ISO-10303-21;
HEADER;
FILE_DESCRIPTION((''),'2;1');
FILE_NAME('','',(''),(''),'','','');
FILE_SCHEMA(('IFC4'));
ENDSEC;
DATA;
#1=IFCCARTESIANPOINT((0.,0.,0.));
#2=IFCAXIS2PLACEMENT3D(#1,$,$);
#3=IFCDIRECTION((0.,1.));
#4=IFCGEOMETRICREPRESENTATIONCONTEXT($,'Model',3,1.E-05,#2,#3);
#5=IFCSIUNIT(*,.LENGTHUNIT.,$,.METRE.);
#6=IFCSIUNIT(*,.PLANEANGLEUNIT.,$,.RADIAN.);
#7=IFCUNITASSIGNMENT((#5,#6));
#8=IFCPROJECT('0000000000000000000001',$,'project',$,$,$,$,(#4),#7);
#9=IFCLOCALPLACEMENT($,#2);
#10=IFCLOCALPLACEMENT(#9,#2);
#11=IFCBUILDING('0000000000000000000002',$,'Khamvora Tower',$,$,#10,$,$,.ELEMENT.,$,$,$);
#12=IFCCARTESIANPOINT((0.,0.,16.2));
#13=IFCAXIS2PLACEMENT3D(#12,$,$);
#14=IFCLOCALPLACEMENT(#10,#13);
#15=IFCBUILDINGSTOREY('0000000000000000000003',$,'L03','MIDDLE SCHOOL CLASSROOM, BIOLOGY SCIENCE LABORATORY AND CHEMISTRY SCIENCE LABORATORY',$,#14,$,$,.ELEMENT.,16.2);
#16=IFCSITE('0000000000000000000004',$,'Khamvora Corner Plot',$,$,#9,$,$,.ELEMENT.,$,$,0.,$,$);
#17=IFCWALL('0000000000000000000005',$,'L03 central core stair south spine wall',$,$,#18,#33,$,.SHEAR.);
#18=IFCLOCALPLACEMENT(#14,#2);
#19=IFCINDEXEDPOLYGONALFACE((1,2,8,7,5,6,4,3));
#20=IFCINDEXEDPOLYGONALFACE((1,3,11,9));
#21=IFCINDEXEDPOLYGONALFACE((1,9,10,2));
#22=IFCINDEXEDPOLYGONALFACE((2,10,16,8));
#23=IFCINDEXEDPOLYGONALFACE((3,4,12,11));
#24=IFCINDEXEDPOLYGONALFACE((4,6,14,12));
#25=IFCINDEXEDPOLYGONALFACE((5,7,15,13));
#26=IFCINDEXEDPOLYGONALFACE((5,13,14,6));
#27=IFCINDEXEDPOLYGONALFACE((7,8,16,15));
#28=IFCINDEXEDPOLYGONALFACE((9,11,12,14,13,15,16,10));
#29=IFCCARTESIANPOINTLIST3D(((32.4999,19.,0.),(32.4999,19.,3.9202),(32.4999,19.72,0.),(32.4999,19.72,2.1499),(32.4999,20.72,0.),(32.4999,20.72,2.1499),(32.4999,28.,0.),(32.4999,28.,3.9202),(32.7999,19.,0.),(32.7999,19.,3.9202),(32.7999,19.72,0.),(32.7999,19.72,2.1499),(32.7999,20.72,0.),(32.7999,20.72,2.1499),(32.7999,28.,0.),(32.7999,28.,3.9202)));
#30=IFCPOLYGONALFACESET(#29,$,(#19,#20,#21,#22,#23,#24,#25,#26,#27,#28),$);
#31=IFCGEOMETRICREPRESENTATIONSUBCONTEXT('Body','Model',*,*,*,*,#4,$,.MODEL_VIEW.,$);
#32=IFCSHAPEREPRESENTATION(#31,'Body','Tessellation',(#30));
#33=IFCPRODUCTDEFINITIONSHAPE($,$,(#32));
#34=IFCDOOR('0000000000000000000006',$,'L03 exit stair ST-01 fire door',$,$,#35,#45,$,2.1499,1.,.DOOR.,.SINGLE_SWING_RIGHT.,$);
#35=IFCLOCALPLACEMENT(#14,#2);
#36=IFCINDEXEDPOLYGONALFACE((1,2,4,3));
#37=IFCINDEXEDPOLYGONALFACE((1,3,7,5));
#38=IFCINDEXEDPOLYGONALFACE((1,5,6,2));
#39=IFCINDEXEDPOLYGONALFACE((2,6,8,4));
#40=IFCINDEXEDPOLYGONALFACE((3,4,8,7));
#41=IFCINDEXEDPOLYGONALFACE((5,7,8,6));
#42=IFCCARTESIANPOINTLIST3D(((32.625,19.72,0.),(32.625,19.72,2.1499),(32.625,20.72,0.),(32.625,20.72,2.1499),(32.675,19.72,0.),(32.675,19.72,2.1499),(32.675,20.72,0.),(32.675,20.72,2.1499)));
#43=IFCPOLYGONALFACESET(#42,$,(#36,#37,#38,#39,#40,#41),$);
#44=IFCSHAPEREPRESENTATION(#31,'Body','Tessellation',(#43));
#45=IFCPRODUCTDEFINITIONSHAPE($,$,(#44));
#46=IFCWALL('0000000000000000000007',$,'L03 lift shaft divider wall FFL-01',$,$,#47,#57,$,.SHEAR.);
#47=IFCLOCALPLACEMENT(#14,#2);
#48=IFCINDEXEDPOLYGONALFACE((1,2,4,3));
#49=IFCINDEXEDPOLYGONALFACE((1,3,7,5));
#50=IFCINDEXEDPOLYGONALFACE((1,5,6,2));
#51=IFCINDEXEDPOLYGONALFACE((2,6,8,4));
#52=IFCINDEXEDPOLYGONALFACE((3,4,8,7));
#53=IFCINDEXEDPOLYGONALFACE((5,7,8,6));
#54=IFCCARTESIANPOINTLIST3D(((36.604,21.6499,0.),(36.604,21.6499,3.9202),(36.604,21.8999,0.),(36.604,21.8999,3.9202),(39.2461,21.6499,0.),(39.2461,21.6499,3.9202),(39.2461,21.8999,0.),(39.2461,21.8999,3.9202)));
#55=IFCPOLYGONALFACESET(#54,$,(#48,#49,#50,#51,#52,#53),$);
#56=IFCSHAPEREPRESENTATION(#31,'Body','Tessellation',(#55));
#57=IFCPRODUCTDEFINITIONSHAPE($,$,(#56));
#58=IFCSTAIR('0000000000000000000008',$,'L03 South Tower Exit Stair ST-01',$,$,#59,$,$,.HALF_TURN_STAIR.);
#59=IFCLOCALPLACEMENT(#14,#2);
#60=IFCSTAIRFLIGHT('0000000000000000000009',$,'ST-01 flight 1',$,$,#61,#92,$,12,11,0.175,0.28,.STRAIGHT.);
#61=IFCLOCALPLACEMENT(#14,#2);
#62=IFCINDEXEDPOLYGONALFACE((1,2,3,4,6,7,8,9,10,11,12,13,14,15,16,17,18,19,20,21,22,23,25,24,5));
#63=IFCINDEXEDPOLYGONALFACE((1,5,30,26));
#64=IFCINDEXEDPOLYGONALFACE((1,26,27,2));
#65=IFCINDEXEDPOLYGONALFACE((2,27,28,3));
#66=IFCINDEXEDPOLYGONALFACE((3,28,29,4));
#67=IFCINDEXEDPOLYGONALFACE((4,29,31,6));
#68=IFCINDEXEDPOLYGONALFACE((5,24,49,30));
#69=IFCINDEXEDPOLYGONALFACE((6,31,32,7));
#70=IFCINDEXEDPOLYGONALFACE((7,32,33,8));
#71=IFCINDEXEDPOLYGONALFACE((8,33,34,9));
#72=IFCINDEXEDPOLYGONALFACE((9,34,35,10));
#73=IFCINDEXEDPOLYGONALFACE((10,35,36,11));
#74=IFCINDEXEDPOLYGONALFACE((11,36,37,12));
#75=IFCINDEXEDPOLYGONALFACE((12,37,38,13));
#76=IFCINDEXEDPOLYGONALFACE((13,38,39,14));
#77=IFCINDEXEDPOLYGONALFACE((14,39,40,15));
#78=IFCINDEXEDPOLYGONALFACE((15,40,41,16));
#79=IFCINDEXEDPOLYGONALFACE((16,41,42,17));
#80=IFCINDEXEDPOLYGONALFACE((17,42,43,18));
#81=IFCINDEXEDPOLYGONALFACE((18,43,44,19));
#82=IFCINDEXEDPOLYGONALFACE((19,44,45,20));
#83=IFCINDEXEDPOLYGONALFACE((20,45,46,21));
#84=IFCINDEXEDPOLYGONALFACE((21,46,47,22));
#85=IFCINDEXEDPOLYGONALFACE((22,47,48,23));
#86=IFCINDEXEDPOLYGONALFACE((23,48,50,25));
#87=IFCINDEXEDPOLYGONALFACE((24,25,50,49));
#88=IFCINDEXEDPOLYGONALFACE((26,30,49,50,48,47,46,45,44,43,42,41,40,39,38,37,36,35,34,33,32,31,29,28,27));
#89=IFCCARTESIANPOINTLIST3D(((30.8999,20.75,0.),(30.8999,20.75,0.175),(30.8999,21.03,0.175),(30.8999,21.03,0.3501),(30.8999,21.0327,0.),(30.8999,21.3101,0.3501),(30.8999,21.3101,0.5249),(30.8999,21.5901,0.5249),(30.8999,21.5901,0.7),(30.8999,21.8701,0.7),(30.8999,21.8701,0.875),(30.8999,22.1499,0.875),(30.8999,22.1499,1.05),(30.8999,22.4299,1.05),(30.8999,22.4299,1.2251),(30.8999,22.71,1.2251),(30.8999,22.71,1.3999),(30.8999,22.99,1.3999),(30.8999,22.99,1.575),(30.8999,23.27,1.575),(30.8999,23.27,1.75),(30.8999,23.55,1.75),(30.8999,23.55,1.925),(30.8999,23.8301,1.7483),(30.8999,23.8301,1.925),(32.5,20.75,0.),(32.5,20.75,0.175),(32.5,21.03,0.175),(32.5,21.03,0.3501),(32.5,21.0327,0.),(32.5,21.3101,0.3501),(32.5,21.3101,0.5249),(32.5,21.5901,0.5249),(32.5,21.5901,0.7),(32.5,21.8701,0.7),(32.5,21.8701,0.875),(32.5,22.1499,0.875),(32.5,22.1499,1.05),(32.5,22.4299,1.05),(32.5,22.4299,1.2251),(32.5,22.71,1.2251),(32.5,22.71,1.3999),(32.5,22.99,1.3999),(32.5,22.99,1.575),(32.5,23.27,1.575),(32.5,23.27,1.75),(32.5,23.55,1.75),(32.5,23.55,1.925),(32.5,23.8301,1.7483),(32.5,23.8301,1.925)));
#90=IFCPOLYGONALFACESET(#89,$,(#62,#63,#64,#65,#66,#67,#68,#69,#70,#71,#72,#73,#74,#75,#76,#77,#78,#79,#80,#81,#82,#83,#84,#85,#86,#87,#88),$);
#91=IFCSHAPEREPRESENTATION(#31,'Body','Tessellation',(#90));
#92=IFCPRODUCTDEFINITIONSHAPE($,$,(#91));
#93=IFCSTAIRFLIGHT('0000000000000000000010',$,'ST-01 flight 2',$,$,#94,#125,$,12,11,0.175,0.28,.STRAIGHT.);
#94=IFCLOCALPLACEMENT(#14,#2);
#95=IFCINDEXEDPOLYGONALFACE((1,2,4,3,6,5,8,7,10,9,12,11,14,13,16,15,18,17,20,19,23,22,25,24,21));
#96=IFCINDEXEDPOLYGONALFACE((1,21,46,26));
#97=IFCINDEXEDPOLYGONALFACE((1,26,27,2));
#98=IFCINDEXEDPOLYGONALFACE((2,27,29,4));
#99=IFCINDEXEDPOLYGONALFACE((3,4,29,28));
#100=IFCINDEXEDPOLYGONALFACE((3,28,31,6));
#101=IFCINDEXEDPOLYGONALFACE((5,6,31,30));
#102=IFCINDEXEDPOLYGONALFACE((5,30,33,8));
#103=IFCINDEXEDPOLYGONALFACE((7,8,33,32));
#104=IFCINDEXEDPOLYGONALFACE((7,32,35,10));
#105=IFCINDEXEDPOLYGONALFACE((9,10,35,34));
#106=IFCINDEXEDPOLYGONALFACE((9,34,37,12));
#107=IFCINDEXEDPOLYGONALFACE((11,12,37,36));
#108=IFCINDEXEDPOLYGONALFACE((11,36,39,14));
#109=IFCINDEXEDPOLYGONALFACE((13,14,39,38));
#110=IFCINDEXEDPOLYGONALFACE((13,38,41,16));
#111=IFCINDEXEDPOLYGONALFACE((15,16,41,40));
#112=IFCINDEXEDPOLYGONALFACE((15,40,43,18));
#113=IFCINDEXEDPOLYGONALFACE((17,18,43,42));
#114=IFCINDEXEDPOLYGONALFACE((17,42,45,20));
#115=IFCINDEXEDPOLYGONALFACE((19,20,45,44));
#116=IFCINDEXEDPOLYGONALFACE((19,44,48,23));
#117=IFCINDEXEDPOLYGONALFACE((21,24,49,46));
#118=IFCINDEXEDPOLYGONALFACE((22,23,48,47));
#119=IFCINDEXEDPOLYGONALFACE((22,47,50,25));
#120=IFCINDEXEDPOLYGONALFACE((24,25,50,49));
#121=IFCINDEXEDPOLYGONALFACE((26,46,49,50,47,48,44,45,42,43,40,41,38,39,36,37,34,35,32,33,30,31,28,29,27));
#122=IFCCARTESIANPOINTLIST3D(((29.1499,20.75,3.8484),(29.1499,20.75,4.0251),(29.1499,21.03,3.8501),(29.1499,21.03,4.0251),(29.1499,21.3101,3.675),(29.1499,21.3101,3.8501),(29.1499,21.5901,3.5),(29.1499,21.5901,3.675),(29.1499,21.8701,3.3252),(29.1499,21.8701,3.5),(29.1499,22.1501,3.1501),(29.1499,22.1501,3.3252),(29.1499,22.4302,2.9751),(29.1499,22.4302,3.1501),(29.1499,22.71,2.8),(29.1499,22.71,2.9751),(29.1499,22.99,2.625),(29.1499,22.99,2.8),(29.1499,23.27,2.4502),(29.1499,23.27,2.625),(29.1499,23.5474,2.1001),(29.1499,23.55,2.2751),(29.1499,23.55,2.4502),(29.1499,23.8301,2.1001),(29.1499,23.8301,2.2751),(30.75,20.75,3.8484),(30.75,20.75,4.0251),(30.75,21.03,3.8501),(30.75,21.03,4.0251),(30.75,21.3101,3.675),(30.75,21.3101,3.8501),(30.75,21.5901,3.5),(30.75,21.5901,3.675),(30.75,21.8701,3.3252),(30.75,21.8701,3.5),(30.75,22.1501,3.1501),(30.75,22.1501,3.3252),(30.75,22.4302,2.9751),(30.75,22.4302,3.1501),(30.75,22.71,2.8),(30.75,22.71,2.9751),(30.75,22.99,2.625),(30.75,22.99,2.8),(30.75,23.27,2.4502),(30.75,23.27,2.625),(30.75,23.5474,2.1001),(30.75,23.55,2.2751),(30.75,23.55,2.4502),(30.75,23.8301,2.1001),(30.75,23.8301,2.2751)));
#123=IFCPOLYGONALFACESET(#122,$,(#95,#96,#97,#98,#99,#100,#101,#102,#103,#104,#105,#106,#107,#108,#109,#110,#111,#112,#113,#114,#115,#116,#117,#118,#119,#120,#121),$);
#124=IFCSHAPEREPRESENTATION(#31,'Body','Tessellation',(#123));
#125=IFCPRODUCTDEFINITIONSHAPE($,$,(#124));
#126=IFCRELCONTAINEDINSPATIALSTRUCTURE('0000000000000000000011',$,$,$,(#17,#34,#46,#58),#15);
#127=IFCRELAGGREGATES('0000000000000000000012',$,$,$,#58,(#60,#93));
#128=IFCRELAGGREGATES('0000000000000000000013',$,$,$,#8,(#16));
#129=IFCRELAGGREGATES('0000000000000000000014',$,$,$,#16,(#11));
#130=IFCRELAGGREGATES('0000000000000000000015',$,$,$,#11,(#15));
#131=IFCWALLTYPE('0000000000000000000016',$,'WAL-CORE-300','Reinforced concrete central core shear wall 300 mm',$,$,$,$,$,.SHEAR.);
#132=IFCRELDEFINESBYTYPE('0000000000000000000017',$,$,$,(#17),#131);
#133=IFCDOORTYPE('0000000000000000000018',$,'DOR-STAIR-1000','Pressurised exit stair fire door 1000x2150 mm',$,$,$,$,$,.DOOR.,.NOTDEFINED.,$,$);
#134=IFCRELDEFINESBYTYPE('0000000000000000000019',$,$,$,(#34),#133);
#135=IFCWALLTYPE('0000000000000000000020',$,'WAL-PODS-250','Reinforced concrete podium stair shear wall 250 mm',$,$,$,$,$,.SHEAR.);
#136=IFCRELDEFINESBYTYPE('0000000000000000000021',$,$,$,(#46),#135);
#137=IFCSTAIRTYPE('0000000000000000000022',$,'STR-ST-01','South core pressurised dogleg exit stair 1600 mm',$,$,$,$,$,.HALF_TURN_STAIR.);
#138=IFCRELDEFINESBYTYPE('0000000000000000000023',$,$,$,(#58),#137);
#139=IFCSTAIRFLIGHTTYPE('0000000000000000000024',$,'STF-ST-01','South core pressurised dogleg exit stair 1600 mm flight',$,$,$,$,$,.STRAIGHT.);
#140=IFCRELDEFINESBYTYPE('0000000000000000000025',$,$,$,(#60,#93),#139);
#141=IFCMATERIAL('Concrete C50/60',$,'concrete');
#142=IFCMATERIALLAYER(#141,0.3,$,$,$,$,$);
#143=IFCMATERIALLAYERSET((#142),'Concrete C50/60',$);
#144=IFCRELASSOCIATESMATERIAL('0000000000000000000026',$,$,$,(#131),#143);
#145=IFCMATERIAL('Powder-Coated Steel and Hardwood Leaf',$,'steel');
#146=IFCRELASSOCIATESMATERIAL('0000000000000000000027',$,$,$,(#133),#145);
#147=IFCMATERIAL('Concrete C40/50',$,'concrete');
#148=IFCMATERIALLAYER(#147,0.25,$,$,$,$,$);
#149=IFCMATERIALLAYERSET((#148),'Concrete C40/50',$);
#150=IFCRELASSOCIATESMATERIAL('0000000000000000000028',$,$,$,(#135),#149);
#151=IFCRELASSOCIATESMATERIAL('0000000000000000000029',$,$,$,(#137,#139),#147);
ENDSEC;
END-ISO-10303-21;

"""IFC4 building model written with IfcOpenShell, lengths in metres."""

from ifc_helpers import new_model, si_unit, direction, frame, frame_2d, origin, place, context, subcontext, project, spatial, polyline, rectangle, outline, extrude, material, layer, layer_set, type_object, element, fill, aggregate, save


model = new_model("IFC4")

# Units and contexts
model_context = context("Model", 3, precision=1e-05, world=origin(), true_north=direction((0.0, 1.0)))
body_context = subcontext(model_context, "Body", "Model", "MODEL_VIEW")
ifc_project = project(units=[si_unit("LENGTHUNIT", "METRE"), si_unit("PLANEANGLEUNIT", "RADIAN")], contexts=[model_context])

# Site, building, storey
site_placement = place(None, origin())
site = spatial("IfcSite", under=ifc_project, at=site_placement, Name="Khamvora Corner Plot", CompositionType="ELEMENT", RefElevation=0.0)
building_placement = place(site_placement, origin())
building = spatial("IfcBuilding", under=site, at=building_placement, Name="Khamvora Tower", CompositionType="ELEMENT")
storey_placement = place(building_placement, frame((0.0, 0.0, 16.2)))
storey = spatial("IfcBuildingStorey", under=building, at=storey_placement, Name="L03", Description="MIDDLE SCHOOL CLASSROOM, BIOLOGY SCIENCE LABORATORY AND CHEMISTRY SCIENCE LABORATORY", CompositionType="ELEMENT", Elevation=16.2)

# Shared definitions
ifc_material_1 = material(Name="Concrete C50/60", Category="concrete")
ifc_layer_1 = layer(ifc_material_1, 0.3)
ifc_layer_set_1 = layer_set([ifc_layer_1], Name="Concrete C50/60")
wall_type_1 = type_object("IfcWallType", Name="WAL-CORE-300", Description="Reinforced concrete central core shear wall 300 mm", PredefinedType="SHEAR", material=ifc_layer_set_1)

# Wall, opening, door
ifc_material_2 = material(Name="Powder-Coated Steel and Hardwood Leaf", Category="steel")
wall_1_placement = place(storey_placement, frame((32.6499, 19.0, 0.0), z_axis=(0.0, 0.0, 1.0), x_axis=(0.0, 1.0, 0.0)))
wall_1 = element("IfcWall", 1, at=wall_1_placement, inside=storey, type_object=wall_type_1, Name="L03 central core stair south spine wall", PredefinedType="SHEAR", context=body_context, shape_type="SweptSolid", body=[
    extrude(rectangle(XDim=9.0, YDim=0.3, at=frame_2d((4.5, 0.0))), origin(), (0.0, 0.0, 1.0), 3.9202),
])
opening_1_placement = place(wall_1_placement, frame((0.72, 0.0, 0.0)))
opening_1 = element("IfcOpeningElement", 2, at=opening_1_placement, cuts=wall_1, PredefinedType="OPENING", context=body_context, shape_type="SweptSolid", body=[
    extrude(rectangle(XDim=1.0, YDim=2.1499, at=frame_2d((0.5, 1.075))), frame((0.0, 0.1599, 0.0), z_axis=(0.0, -1.0, 0.0), x_axis=(1.0, 0.0, 0.0)), (0.0, 0.0, 1.0), 0.3201),
])
door_type_1 = type_object("IfcDoorType", Name="DOR-STAIR-1000", Description="Pressurised exit stair fire door 1000x2150 mm", OperationType="NOTDEFINED", PredefinedType="DOOR", material=ifc_material_2)
door_1_placement = place(opening_1_placement, origin())
door_1 = element("IfcDoor", 3, at=door_1_placement, inside=storey, type_object=door_type_1, Name="L03 exit stair ST-01 fire door", OperationType="SINGLE_SWING_RIGHT", OverallHeight=2.1499, OverallWidth=1.0, PredefinedType="DOOR", context=body_context, shape_type="SweptSolid", body=[
    extrude(rectangle(XDim=1.0, YDim=2.1499, at=frame_2d((0.5, 1.075))), frame((0.0, 0.0249, 0.0), z_axis=(0.0, -1.0, 0.0), x_axis=(1.0, 0.0, 0.0)), (0.0, 0.0, 1.0), 0.05),
])
fill(opening_1, door_1)

# Wall
ifc_material_3 = material(Name="Concrete C40/50", Category="concrete")
ifc_layer_2 = layer(ifc_material_3, 0.25)
ifc_layer_set_2 = layer_set([ifc_layer_2], Name="Concrete C40/50")
wall_type_2 = type_object("IfcWallType", Name="WAL-PODS-250", Description="Reinforced concrete podium stair shear wall 250 mm", PredefinedType="SHEAR", material=ifc_layer_set_2)
wall_2_placement = place(storey_placement, frame((36.604, 21.7749, 0.0), z_axis=(0.0, 0.0, 1.0), x_axis=(1.0, 0.0, 0.0)))
element("IfcWall", 4, at=wall_2_placement, inside=storey, type_object=wall_type_2, Name="L03 lift shaft divider wall FFL-01", PredefinedType="SHEAR", context=body_context, shape_type="SweptSolid", body=[
    extrude(rectangle(XDim=2.6421, YDim=0.25, at=frame_2d((1.321, 0.0))), origin(), (0.0, 0.0, 1.0), 3.9202),
])

# Stair, stair flights
stair_type = type_object("IfcStairType", Name="STR-ST-01", Description="South core pressurised dogleg exit stair 1600 mm", PredefinedType="HALF_TURN_STAIR", material=ifc_material_3)
stair_placement = place(storey_placement, origin())
stair = element("IfcStair", 5, at=stair_placement, inside=storey, type_object=stair_type, Name="L03 South Tower Exit Stair ST-01", PredefinedType="HALF_TURN_STAIR")
stair_flight_type = type_object("IfcStairFlightType", Name="STF-ST-01", Description="South core pressurised dogleg exit stair 1600 mm flight", PredefinedType="STRAIGHT", material=ifc_material_3)
stair_flight_1_placement = place(storey_placement, frame((31.7, 20.75, 0.0), z_axis=(0.0, 0.0, 1.0), x_axis=(0.0, 1.0, 0.0)))
stair_flight_1 = element("IfcStairFlight", 6, at=stair_flight_1_placement, type_object=stair_flight_type, Name="ST-01 flight 1", NumberOfRisers=12, NumberOfTreads=11, PredefinedType="STRAIGHT", RiserHeight=0.175, TreadLength=0.28, context=body_context, shape_type="SweptSolid", body=[
    extrude(outline(polyline([(0.0, 0.0), (0.0, 0.175), (0.28, 0.175), (0.28, 0.3501), (0.5601, 0.3501), (0.5601, 0.5249), (0.8401, 0.5249), (0.8401, 0.7), (1.1201, 0.7), (1.1201, 0.875), (1.3999, 0.875), (1.3999, 1.05), (1.6799, 1.05), (1.6799, 1.2251), (1.96, 1.2251), (1.96, 1.3999), (2.24, 1.3999), (2.24, 1.575), (2.52, 1.575), (2.52, 1.75), (2.8, 1.75), (2.8, 1.925), (3.0801, 1.925), (3.0801, 2.1001), (3.0801, 1.7483), (0.2827, 0.0), (0.0, 0.0)])), frame((0.0, 0.8, 0.0), z_axis=(0.0, -1.0, 0.0), x_axis=(1.0, 0.0, 0.0)), (0.0, 0.0, 1.0), 1.6001),
])
stair_flight_2_placement = place(storey_placement, frame((29.95, 23.8301, 2.1001), z_axis=(0.0, 0.0, 1.0), x_axis=(0.0, -1.0, 0.0)))
stair_flight_2 = element("IfcStairFlight", 7, at=stair_flight_2_placement, type_object=stair_flight_type, Name="ST-01 flight 2", NumberOfRisers=12, NumberOfTreads=11, PredefinedType="STRAIGHT", RiserHeight=0.175, TreadLength=0.28, context=body_context, shape_type="SweptSolid", body=[
    extrude(outline(polyline([(0.0, 0.0), (0.0, 0.175), (0.28, 0.175), (0.28, 0.3501), (0.5601, 0.3501), (0.5601, 0.5249), (0.8401, 0.5249), (0.8401, 0.7), (1.1201, 0.7), (1.1201, 0.875), (1.3999, 0.875), (1.3999, 1.05), (1.6799, 1.05), (1.6799, 1.2251), (1.96, 1.2251), (1.96, 1.3999), (2.24, 1.3999), (2.24, 1.575), (2.52, 1.575), (2.52, 1.75), (2.8, 1.75), (2.8, 1.925), (3.0801, 1.925), (3.0801, 2.1001), (3.0801, 1.7483), (0.2827, 0.0), (0.0, 0.0)])), frame((0.0, 0.8, 0.0), z_axis=(0.0, -1.0, 0.0), x_axis=(1.0, 0.0, 0.0)), (0.0, 0.0, 1.0), 1.6001),
])
aggregate(stair, [stair_flight_1, stair_flight_2])

save(model, "model.ifc")
